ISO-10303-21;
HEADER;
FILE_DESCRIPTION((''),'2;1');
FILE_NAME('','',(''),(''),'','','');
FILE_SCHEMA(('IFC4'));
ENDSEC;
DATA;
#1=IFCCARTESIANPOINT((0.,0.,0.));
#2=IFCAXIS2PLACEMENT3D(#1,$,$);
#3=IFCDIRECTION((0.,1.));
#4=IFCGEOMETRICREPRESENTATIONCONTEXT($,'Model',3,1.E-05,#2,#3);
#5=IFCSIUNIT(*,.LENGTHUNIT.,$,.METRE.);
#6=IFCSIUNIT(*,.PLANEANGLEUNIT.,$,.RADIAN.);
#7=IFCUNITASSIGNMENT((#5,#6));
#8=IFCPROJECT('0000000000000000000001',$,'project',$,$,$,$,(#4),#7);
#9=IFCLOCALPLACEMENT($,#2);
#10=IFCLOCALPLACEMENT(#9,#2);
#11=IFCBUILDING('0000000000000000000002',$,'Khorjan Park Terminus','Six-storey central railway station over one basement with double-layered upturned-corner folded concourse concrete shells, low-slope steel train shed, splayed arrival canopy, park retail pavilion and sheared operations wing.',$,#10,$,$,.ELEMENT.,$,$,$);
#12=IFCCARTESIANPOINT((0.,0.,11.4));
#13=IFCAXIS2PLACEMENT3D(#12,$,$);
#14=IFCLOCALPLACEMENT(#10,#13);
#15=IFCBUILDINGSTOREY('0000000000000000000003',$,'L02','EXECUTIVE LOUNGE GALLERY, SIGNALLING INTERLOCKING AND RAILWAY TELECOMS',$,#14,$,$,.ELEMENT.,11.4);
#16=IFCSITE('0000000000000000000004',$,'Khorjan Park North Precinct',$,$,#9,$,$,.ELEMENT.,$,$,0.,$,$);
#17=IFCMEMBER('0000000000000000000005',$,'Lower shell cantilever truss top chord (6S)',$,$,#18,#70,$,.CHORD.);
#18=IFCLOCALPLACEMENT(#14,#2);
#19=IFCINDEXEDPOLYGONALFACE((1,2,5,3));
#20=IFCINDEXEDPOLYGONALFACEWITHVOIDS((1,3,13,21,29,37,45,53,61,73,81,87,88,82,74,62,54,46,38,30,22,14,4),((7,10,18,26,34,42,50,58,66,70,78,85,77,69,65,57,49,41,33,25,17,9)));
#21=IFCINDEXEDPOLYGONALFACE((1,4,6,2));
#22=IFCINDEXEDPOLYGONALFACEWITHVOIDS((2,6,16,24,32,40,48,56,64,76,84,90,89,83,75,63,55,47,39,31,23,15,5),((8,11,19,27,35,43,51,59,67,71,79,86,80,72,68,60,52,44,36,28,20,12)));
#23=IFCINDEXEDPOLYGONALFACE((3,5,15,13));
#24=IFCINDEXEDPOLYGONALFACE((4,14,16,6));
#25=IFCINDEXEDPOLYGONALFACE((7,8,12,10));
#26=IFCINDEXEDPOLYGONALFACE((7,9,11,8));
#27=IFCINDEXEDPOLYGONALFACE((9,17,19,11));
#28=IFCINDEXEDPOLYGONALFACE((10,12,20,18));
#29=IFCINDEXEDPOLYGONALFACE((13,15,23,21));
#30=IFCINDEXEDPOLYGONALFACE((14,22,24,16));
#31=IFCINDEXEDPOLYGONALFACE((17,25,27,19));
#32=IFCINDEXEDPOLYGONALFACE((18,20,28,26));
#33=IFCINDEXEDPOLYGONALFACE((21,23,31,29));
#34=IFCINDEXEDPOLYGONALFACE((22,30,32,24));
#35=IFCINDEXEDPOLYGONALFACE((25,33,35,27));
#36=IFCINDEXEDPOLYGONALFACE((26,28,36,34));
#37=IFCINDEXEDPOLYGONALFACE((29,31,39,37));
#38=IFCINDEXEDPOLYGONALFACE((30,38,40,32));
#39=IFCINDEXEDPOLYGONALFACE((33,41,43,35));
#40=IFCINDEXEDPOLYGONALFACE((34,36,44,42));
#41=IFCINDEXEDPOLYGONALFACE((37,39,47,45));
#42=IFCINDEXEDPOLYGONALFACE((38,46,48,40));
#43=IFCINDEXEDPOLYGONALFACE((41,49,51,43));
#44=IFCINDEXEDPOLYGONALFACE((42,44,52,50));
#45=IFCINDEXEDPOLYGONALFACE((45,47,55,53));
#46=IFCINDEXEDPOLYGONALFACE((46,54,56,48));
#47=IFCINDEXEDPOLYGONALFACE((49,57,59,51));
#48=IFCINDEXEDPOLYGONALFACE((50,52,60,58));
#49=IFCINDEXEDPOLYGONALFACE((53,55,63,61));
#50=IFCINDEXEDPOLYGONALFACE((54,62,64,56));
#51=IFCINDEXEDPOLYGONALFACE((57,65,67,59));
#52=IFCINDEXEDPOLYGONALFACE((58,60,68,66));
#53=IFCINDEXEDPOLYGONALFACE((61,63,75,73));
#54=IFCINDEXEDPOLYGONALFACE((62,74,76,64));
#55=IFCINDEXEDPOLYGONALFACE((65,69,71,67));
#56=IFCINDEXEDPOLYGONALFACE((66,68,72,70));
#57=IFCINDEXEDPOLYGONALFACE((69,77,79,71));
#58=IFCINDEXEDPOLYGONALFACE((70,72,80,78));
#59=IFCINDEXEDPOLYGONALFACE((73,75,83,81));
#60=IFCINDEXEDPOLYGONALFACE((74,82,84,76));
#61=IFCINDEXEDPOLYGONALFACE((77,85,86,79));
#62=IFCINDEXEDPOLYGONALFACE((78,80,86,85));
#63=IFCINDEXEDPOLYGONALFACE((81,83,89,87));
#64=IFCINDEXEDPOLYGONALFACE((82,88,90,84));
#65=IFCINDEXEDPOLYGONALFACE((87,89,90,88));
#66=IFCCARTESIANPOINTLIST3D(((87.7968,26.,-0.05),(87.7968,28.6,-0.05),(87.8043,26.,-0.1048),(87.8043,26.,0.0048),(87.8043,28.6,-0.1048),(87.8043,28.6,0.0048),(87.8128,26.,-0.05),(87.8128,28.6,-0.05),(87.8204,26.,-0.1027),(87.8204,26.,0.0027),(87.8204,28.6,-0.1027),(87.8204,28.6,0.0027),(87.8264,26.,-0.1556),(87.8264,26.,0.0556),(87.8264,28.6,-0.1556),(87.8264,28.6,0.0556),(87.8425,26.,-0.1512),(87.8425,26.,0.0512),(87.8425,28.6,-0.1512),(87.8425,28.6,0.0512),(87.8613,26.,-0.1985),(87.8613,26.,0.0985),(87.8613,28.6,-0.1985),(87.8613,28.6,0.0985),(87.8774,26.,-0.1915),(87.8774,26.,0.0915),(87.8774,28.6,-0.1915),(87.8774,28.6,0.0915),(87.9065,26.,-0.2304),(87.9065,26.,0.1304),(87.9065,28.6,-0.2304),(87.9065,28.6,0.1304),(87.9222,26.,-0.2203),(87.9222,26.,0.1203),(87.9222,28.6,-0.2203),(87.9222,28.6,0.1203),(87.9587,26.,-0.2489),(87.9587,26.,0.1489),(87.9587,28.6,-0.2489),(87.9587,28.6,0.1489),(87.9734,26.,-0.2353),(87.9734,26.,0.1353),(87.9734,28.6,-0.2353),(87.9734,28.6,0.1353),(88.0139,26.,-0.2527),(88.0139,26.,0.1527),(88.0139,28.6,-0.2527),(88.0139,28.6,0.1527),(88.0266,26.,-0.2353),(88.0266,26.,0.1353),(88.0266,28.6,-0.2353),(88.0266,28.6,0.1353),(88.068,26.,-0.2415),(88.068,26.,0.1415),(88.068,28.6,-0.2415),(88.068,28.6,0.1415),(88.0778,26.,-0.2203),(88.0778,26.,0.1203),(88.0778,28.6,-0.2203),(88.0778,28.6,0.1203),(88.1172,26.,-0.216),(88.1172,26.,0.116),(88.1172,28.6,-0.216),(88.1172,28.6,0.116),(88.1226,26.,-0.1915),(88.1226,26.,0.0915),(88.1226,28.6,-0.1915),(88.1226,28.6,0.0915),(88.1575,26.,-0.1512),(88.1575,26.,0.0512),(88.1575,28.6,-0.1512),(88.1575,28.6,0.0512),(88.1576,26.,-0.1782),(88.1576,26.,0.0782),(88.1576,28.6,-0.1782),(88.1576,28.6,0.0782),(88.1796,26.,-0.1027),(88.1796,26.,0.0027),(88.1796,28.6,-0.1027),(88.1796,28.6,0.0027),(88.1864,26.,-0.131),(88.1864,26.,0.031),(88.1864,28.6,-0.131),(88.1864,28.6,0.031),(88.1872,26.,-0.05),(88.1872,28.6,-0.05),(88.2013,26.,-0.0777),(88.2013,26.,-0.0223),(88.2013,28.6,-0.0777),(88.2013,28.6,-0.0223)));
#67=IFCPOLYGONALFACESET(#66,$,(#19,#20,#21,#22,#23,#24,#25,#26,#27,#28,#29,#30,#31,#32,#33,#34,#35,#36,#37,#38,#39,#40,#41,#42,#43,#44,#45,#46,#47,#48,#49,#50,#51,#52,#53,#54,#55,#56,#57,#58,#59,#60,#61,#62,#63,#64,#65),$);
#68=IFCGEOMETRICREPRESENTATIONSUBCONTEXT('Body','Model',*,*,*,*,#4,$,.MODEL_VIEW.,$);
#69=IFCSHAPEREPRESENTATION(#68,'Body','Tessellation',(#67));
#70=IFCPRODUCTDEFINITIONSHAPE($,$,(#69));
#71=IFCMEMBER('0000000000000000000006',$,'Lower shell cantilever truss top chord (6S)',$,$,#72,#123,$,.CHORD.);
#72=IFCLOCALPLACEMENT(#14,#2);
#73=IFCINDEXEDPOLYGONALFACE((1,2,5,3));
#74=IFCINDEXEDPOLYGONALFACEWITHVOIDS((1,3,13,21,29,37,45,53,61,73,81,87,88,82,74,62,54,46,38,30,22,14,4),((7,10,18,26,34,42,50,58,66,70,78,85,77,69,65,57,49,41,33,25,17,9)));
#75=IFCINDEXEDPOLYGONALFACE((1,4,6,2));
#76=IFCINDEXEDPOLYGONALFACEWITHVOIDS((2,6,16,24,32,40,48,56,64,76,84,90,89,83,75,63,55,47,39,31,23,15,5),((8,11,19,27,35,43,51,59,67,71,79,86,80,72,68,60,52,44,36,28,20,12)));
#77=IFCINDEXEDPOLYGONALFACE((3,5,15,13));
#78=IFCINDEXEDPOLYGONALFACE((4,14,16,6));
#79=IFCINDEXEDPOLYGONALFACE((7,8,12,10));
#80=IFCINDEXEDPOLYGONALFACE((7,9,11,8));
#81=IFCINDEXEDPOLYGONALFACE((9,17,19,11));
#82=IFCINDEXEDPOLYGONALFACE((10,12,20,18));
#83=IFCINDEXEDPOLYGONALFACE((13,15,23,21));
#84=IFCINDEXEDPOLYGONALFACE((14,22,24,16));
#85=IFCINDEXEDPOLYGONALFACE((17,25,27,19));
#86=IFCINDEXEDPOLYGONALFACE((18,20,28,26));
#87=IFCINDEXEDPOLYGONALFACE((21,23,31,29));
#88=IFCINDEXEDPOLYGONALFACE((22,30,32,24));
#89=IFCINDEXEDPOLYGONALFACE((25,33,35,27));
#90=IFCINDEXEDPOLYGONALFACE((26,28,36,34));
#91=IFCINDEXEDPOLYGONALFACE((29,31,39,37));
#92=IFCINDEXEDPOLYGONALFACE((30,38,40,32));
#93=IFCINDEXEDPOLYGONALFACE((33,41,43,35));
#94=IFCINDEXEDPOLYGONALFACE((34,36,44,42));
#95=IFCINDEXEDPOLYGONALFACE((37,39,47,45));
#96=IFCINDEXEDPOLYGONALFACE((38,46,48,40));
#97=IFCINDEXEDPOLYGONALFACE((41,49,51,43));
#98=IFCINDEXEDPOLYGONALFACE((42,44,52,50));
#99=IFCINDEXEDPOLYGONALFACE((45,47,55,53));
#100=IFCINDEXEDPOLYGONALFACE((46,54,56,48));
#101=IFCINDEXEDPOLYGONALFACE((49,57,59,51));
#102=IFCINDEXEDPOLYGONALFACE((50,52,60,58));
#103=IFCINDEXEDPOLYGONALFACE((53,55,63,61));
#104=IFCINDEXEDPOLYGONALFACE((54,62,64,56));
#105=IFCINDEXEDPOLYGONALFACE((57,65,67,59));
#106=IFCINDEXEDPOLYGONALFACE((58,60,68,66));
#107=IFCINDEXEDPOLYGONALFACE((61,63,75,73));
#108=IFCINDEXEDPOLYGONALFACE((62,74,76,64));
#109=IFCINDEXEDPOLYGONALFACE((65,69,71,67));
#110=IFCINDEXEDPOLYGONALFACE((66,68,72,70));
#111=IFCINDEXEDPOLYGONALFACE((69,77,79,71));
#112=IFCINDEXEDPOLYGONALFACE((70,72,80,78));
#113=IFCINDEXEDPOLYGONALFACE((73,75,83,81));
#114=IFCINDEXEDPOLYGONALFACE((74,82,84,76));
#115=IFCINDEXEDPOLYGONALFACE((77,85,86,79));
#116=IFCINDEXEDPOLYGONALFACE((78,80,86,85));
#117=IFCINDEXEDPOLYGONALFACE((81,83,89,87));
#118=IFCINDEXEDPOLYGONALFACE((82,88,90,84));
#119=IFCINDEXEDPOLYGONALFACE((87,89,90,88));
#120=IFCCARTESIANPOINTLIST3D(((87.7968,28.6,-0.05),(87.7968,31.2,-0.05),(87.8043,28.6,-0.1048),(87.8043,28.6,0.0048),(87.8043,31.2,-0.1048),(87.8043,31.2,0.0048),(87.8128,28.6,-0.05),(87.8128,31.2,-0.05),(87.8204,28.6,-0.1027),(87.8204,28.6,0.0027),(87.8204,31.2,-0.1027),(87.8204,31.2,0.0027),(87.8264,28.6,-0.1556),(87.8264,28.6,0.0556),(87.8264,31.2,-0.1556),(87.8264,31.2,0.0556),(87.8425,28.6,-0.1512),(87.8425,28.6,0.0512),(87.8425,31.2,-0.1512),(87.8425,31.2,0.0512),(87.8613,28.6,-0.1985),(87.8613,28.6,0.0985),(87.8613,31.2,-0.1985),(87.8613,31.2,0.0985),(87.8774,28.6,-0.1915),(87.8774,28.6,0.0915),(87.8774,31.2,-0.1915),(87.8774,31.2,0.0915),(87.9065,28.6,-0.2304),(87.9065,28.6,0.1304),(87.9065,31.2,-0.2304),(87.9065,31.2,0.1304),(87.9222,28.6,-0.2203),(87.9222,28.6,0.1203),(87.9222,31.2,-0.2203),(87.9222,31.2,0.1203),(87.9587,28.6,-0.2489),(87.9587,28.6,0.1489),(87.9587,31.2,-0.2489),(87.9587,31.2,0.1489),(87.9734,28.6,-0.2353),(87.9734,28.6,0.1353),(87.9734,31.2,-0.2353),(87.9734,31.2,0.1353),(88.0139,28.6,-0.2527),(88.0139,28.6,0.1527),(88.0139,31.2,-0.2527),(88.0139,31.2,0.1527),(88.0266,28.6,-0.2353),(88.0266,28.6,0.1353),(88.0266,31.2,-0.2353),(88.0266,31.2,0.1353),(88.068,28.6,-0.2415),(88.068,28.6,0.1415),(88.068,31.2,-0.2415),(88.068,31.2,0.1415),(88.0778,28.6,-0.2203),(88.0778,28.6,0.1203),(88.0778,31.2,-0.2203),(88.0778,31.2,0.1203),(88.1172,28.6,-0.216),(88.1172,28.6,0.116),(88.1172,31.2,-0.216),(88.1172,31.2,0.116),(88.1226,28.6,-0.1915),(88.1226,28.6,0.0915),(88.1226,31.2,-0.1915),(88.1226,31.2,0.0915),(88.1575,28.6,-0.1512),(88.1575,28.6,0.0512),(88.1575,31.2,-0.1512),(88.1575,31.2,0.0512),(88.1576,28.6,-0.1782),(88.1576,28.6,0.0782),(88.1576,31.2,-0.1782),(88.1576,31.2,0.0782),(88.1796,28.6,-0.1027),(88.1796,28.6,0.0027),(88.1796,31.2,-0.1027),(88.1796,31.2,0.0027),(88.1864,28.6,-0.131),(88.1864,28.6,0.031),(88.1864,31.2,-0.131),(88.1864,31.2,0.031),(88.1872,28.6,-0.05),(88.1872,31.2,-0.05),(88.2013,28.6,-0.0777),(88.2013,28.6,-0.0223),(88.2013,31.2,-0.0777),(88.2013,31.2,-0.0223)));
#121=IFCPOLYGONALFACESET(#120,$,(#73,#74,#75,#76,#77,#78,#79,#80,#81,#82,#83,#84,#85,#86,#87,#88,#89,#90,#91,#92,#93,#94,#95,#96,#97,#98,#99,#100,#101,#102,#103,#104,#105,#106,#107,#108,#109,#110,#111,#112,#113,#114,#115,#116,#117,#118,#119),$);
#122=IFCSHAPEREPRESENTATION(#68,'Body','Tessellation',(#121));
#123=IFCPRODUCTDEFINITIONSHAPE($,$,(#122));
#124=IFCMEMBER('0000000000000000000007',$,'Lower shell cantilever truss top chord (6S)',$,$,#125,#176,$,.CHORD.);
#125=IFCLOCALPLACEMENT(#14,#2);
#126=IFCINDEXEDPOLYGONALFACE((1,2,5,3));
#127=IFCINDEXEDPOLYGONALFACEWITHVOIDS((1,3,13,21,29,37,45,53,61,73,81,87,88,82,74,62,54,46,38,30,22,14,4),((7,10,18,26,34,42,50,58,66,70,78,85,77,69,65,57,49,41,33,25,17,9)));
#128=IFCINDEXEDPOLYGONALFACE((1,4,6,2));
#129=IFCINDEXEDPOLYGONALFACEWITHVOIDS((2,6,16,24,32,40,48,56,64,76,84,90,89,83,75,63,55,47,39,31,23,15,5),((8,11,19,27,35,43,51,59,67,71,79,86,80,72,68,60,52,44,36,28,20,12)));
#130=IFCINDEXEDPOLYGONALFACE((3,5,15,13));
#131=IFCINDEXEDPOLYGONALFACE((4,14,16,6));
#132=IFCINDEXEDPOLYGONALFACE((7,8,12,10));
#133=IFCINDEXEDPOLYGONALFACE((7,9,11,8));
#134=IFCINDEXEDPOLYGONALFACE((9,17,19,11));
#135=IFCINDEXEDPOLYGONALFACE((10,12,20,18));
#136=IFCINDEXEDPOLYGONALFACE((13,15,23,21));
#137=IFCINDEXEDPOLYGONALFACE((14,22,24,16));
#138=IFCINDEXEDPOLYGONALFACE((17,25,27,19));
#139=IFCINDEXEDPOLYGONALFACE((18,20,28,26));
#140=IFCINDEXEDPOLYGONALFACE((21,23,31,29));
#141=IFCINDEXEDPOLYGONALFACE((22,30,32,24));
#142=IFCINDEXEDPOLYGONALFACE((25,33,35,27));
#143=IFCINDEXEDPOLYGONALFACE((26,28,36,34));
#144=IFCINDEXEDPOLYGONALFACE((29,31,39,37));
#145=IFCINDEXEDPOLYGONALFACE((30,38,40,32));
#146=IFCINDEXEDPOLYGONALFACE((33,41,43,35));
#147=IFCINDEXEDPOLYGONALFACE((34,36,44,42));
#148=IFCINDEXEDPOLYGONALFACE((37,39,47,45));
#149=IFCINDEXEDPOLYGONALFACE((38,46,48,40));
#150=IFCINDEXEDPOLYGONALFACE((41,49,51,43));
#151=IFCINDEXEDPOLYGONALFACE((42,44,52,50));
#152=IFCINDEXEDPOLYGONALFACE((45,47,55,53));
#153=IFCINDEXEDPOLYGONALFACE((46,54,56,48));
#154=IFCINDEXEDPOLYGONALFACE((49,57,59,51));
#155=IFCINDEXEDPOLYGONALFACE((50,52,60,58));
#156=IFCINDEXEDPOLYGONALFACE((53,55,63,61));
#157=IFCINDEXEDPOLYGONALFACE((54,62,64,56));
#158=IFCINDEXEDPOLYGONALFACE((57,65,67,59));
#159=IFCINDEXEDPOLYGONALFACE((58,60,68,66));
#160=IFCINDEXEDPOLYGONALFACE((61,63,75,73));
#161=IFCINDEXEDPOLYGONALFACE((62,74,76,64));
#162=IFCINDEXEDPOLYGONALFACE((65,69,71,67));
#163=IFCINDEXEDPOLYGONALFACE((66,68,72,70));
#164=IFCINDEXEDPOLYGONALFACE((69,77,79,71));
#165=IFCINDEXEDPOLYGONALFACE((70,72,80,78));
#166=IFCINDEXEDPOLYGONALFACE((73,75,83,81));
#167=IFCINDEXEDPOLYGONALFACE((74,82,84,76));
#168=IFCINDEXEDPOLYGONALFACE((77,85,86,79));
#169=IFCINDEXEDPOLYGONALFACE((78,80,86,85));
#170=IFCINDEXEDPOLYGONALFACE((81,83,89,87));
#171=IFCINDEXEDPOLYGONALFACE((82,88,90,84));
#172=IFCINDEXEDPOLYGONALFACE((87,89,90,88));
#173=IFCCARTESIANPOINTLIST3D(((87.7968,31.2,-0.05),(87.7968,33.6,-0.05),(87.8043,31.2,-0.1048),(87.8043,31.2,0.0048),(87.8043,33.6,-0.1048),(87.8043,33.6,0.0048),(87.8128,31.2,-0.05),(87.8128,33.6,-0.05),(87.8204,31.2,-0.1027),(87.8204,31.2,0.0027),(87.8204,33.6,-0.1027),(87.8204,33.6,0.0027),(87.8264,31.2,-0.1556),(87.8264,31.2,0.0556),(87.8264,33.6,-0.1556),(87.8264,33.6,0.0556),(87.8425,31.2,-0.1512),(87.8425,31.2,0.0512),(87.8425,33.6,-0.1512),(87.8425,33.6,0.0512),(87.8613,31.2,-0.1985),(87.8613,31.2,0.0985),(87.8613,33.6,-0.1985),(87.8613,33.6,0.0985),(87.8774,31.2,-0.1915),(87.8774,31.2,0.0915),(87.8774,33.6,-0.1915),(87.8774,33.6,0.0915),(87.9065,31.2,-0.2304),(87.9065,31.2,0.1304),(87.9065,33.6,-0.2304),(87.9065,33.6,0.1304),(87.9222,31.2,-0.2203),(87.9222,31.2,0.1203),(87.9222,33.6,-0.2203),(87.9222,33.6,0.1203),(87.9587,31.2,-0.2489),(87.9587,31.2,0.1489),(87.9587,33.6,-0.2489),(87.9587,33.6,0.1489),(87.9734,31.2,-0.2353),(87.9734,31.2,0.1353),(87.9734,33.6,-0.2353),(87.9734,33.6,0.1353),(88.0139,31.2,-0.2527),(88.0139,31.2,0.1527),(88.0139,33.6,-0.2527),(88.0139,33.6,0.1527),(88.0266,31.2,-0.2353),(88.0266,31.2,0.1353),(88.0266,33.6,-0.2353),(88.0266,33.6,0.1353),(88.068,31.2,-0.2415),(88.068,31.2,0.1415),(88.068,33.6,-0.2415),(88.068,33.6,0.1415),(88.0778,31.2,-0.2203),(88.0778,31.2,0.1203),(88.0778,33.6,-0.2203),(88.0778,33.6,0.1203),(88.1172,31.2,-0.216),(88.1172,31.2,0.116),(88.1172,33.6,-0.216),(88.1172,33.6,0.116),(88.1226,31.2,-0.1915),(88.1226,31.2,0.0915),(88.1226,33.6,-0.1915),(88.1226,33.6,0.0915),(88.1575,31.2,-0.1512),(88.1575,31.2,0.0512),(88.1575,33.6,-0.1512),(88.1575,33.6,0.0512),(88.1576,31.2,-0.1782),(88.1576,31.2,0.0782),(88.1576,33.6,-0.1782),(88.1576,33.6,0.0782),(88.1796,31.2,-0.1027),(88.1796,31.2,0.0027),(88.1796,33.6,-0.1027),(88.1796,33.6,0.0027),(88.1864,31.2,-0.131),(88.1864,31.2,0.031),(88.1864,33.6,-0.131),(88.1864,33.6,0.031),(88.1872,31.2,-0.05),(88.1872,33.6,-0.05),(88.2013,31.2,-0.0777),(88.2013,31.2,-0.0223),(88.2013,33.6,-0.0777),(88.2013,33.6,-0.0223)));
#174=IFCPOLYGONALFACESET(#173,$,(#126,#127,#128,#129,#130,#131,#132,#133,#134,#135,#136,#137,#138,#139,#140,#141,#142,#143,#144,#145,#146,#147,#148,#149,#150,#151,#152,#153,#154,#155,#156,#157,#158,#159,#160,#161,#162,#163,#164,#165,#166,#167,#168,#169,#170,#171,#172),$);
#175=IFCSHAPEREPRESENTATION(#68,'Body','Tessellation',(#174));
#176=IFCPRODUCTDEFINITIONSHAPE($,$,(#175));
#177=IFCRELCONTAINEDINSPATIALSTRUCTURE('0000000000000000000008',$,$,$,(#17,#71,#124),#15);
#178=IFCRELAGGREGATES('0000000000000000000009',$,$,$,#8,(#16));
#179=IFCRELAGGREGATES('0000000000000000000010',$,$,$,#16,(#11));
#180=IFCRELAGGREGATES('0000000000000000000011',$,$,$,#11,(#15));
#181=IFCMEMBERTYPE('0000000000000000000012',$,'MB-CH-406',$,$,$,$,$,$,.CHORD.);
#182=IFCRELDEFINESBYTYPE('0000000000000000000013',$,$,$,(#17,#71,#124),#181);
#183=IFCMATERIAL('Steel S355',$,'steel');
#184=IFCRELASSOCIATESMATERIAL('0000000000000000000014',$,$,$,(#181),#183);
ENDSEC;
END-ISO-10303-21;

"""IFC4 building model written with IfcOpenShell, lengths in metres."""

from ifc_helpers import new_model, si_unit, direction, frame, origin, origin_2d, place, context, subcontext, project, spatial, hollow_circle, extrude, material, material_profile, profile_set, type_object, element, save


model = new_model("IFC4")

# Units and contexts
model_context = context("Model", 3, precision=1e-05, world=origin(), true_north=direction((0.0, 1.0)))
body_context = subcontext(model_context, "Body", "Model", "MODEL_VIEW")
ifc_project = project(units=[si_unit("LENGTHUNIT", "METRE"), si_unit("PLANEANGLEUNIT", "RADIAN")], contexts=[model_context])

# Site, building, storey
site_placement = place(None, origin())
site = spatial("IfcSite", under=ifc_project, at=site_placement, Name="Khorjan Park North Precinct", CompositionType="ELEMENT", RefElevation=0.0)
building_placement = place(site_placement, origin())
building = spatial("IfcBuilding", under=site, at=building_placement, Name="Khorjan Park Terminus", Description="Six-storey central railway station over one basement with double-layered upturned-corner folded concourse concrete shells, low-slope steel train shed, splayed arrival canopy, park retail pavilion and sheared operations wing.", CompositionType="ELEMENT")
storey_placement = place(building_placement, frame((0.0, 0.0, 11.4)))
storey = spatial("IfcBuildingStorey", under=building, at=storey_placement, Name="L02", Description="EXECUTIVE LOUNGE GALLERY, SIGNALLING INTERLOCKING AND RAILWAY TELECOMS", CompositionType="ELEMENT", Elevation=11.4)

# Members
ifc_material_1 = material(Name="Steel S355", Category="steel")
ifc_material_profile_1 = material_profile(ifc_material_1, hollow_circle(Radius=0.2032, WallThickness=0.016, at=origin_2d()), Name="CHS 406.4x16")
ifc_profile_set_1 = profile_set([ifc_material_profile_1], Name="Steel S355")
member_type_1 = type_object("IfcMemberType", Name="MB-CH-406", PredefinedType="CHORD", material=ifc_profile_set_1)
for number, where, z_axis, x_axis, name in (
    (1, (88.0, 26.0, -0.05), (0.0, 1.0, 0.0), (-1.0, 0.0, 0.0), "Lower shell cantilever truss top chord (6S)"),
    (2, (88.0, 28.6, -0.05), (0.0, 1.0, 0.0), (-1.0, 0.0, 0.0), "Lower shell cantilever truss top chord (6S)"),
):
    element("IfcMember", number, at=place(storey_placement, frame(where, z_axis=z_axis, x_axis=x_axis)), inside=storey, type_object=member_type_1, Name=name, PredefinedType="CHORD", context=body_context, shape_type="SweptSolid", body=[
        extrude(hollow_circle(Radius=0.2032, WallThickness=0.016, at=origin_2d()), origin(), (0.0, 0.0, 1.0), 2.6),
    ])
for number, where, z_axis, x_axis, name in (
    (3, (88.0, 31.2, -0.05), (0.0, 1.0, 0.0), (-1.0, 0.0, 0.0), "Lower shell cantilever truss top chord (6S)"),
):
    element("IfcMember", number, at=place(storey_placement, frame(where, z_axis=z_axis, x_axis=x_axis)), inside=storey, type_object=member_type_1, Name=name, PredefinedType="CHORD", context=body_context, shape_type="SweptSolid", body=[
        extrude(hollow_circle(Radius=0.2032, WallThickness=0.016, at=origin_2d()), origin(), (0.0, 0.0, 1.0), 2.4),
    ])

save(model, "model.ifc")
